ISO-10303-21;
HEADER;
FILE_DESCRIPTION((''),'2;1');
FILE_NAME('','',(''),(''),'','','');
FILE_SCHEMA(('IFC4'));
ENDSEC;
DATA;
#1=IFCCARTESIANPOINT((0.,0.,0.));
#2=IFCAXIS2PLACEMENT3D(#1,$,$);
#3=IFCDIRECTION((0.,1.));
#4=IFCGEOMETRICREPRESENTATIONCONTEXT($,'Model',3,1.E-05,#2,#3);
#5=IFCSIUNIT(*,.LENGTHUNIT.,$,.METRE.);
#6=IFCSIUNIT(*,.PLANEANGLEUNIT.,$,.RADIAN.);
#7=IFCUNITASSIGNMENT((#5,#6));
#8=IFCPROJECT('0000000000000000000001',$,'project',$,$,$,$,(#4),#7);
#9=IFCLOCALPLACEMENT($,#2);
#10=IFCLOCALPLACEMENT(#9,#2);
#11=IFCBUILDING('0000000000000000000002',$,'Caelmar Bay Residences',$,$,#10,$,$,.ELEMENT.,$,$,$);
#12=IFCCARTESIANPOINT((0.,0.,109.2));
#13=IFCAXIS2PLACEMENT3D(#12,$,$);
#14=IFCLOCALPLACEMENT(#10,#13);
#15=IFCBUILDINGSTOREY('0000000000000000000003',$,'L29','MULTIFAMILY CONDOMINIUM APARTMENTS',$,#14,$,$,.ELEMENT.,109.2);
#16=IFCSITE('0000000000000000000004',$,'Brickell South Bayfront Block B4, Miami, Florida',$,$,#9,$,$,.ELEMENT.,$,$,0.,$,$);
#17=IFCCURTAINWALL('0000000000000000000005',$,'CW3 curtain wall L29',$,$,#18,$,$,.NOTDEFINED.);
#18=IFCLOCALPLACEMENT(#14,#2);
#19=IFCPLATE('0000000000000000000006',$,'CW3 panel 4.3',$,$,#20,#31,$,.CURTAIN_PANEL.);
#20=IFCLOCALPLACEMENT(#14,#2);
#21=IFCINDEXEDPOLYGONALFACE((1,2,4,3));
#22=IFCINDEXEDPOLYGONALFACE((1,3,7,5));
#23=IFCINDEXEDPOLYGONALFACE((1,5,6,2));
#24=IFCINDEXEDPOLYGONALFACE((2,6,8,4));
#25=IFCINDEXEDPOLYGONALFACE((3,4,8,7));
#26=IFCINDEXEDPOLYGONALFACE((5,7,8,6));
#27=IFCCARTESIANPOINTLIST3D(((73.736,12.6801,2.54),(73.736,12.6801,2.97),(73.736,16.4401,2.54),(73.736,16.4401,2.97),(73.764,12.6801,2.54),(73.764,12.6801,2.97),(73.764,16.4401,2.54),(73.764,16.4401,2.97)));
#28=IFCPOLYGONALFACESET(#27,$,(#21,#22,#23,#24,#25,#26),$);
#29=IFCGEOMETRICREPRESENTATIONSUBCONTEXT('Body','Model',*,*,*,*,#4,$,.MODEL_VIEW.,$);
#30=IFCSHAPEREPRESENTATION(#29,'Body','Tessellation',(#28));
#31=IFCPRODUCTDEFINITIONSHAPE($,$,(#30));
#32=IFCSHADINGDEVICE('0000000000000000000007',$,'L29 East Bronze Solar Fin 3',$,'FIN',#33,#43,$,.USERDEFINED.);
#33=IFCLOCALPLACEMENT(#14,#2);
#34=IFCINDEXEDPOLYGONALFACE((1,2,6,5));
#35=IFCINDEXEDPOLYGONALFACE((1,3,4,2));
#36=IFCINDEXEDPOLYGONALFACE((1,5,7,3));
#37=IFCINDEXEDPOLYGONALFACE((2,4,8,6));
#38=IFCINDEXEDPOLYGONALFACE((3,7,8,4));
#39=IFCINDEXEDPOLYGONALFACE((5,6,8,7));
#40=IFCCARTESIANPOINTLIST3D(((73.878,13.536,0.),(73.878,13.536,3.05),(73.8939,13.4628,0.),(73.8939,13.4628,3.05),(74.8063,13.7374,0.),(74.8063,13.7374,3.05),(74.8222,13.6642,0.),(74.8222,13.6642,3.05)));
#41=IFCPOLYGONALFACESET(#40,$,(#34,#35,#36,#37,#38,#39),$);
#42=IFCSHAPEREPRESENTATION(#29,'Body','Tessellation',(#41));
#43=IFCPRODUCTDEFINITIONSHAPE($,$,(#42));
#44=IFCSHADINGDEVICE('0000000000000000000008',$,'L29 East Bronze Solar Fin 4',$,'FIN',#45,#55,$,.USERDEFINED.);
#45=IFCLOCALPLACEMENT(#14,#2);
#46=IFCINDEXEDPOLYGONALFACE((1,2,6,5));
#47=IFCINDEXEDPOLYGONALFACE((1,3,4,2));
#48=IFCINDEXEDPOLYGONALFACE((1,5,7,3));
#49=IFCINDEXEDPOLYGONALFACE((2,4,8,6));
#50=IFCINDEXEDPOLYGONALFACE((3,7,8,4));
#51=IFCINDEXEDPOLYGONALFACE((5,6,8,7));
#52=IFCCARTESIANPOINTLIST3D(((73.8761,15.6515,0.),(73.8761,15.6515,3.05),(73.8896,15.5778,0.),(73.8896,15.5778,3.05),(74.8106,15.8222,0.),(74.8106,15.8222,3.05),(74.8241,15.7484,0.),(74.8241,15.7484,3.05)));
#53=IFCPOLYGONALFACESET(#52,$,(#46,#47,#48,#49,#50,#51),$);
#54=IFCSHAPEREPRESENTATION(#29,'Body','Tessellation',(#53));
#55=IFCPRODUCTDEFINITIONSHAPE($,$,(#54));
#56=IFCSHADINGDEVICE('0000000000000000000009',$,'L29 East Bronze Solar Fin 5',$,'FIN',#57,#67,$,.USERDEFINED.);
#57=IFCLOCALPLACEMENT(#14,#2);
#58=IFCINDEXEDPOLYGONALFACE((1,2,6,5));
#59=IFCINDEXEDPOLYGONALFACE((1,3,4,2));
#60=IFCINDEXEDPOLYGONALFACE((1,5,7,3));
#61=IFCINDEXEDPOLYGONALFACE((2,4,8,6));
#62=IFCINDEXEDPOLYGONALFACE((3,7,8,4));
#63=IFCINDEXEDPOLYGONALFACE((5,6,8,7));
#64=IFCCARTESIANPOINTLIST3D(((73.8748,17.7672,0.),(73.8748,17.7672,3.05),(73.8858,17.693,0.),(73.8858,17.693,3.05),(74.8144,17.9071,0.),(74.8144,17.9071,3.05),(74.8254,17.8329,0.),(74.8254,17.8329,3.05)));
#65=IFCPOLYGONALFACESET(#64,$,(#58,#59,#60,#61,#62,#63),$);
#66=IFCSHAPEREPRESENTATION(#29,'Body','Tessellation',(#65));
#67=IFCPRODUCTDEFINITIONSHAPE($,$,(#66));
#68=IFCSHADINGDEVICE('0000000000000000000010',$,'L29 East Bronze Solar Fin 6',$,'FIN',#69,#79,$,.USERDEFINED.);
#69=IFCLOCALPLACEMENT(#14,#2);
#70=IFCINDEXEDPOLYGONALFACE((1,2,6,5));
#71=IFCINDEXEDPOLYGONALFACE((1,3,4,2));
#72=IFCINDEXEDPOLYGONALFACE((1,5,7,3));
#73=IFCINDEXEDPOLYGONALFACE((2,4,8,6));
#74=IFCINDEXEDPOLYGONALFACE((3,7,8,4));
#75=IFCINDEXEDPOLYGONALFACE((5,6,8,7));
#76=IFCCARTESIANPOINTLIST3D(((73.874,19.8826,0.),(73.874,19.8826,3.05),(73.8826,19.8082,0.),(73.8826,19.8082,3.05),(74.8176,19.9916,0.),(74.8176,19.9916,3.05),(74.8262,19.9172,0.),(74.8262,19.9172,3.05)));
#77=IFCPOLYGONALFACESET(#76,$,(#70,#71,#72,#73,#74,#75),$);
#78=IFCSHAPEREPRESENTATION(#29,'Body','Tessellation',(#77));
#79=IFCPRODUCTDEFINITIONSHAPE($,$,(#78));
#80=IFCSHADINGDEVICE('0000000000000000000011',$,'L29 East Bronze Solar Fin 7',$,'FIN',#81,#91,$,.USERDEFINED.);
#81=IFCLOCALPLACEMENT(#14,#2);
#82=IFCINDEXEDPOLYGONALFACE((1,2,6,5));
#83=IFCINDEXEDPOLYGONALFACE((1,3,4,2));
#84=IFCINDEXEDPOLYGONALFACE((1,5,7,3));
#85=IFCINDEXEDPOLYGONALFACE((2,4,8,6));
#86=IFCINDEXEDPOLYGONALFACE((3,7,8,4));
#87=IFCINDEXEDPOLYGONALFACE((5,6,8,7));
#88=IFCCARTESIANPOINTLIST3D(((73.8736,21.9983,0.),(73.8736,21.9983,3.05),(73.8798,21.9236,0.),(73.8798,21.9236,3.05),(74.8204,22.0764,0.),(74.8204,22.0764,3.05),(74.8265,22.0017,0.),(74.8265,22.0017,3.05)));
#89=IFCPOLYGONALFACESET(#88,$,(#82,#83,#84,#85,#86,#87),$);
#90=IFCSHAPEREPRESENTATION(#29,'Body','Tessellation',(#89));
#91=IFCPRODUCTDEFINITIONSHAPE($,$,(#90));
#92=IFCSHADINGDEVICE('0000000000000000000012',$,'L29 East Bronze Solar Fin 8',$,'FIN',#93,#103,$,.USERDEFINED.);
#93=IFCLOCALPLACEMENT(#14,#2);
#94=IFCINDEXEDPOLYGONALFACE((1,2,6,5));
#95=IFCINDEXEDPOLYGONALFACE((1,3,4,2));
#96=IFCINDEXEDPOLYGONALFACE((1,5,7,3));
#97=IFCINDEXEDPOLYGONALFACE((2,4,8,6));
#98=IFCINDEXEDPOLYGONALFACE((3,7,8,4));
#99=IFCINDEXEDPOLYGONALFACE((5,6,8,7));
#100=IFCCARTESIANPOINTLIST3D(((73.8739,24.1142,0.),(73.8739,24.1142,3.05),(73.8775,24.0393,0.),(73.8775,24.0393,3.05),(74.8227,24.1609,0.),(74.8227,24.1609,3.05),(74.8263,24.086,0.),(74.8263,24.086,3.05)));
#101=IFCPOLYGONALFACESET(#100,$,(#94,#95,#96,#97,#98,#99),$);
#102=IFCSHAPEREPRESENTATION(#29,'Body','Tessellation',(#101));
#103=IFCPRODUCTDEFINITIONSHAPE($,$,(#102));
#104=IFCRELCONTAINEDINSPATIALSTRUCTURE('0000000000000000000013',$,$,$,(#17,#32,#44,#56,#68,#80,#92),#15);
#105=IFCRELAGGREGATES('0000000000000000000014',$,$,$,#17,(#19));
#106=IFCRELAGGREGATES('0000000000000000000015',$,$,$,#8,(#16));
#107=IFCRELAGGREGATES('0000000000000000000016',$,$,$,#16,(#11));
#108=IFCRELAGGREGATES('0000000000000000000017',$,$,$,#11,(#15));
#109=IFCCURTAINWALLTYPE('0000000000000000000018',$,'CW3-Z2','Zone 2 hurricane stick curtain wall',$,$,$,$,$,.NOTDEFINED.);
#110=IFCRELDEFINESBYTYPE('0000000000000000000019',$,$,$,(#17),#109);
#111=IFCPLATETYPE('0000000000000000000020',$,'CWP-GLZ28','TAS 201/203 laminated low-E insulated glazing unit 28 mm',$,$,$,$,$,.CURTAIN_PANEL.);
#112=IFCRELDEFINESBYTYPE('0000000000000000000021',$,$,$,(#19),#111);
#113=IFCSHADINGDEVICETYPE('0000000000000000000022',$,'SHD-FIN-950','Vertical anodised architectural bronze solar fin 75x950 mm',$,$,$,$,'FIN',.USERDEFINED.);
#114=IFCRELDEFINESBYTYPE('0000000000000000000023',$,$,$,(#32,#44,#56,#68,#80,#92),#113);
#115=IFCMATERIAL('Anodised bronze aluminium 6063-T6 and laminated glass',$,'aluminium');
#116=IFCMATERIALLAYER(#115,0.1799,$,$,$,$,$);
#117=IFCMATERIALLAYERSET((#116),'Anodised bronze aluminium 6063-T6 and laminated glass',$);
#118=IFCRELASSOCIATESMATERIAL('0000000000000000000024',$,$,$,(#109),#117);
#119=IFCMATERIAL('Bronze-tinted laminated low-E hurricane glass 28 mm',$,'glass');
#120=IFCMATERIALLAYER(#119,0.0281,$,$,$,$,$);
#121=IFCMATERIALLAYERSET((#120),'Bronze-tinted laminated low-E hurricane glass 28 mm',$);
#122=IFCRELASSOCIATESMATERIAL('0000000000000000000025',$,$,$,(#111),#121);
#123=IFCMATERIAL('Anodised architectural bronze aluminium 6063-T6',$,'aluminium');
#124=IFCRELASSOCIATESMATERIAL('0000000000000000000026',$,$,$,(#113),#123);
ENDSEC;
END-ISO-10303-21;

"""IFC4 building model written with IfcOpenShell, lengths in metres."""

from ifc_helpers import new_model, si_unit, direction, frame, origin, origin_2d, place, context, subcontext, project, spatial, rectangle, extrude, material, layer, layer_set, material_profile, profile_set, type_object, element, aggregate, save


model = new_model("IFC4")

# Units and contexts
model_context = context("Model", 3, precision=1e-05, world=origin(), true_north=direction((0.0, 1.0)))
body_context = subcontext(model_context, "Body", "Model", "MODEL_VIEW")
ifc_project = project(units=[si_unit("LENGTHUNIT", "METRE"), si_unit("PLANEANGLEUNIT", "RADIAN")], contexts=[model_context])

# Site, building, storey
site_placement = place(None, origin())
site = spatial("IfcSite", under=ifc_project, at=site_placement, Name="Brickell South Bayfront Block B4, Miami, Florida", CompositionType="ELEMENT", RefElevation=0.0)
building_placement = place(site_placement, origin())
building = spatial("IfcBuilding", under=site, at=building_placement, Name="Caelmar Bay Residences", CompositionType="ELEMENT")
storey_placement = place(building_placement, frame((0.0, 0.0, 109.2)))
storey = spatial("IfcBuildingStorey", under=building, at=storey_placement, Name="L29", Description="MULTIFAMILY CONDOMINIUM APARTMENTS", CompositionType="ELEMENT", Elevation=109.2)

# Curtain wall, plate
ifc_material_1 = material(Name="Anodised bronze aluminium 6063-T6 and laminated glass", Category="aluminium")
ifc_layer_1 = layer(ifc_material_1, 0.1799)
ifc_layer_set_1 = layer_set([ifc_layer_1], Name="Anodised bronze aluminium 6063-T6 and laminated glass")
curtain_wall_type = type_object("IfcCurtainWallType", Name="CW3-Z2", Description="Zone 2 hurricane stick curtain wall", PredefinedType="NOTDEFINED", material=ifc_layer_set_1)
curtain_wall_placement = place(storey_placement, origin())
curtain_wall = element("IfcCurtainWall", 1, at=curtain_wall_placement, inside=storey, type_object=curtain_wall_type, Name="CW3 curtain wall L29", PredefinedType="NOTDEFINED")
ifc_material_2 = material(Name="Bronze-tinted laminated low-E hurricane glass 28 mm", Category="glass")
ifc_layer_2 = layer(ifc_material_2, 0.0281)
ifc_layer_set_2 = layer_set([ifc_layer_2], Name="Bronze-tinted laminated low-E hurricane glass 28 mm")
plate_type = type_object("IfcPlateType", Name="CWP-GLZ28", Description="TAS 201/203 laminated low-E insulated glazing unit 28 mm", PredefinedType="CURTAIN_PANEL", material=ifc_layer_set_2)
plate_1_placement = place(storey_placement, frame((73.75, 14.5601, 2.54), z_axis=(0.0, 0.0, 1.0), x_axis=(0.0, -1.0, 0.0)))
plate_1 = element("IfcPlate", 2, at=plate_1_placement, type_object=plate_type, Name="CW3 panel 4.3", PredefinedType="CURTAIN_PANEL", context=body_context, shape_type="SweptSolid", body=[
    extrude(rectangle(XDim=3.76, YDim=0.0281, at=origin_2d()), origin(), (0.0, 0.0, 1.0), 0.4299),
])
aggregate(curtain_wall, [plate_1])

# Shading devices
ifc_material_3 = material(Name="Anodised architectural bronze aluminium 6063-T6", Category="aluminium")
ifc_material_profile_1 = material_profile(ifc_material_3, rectangle(XDim=0.075, YDim=0.95, at=origin_2d()), Name="BRONZE-FIN-75X950")
ifc_profile_set_1 = profile_set([ifc_material_profile_1], Name="Anodised architectural bronze aluminium 6063-T6")
shading_device_type = type_object("IfcShadingDeviceType", Name="SHD-FIN-950", Description="Vertical anodised architectural bronze solar fin 75x950 mm", ElementType="FIN", PredefinedType="USERDEFINED", material=ifc_profile_set_1)
for number, where, z_axis, x_axis, name in (
    (3, (74.3501, 13.6001, 0.0), (0.0, 0.0, 1.0), (-0.212007, 0.977268, 0.0), "L29 East Bronze Solar Fin 3"),
    (4, (74.3501, 15.7, 0.0), (0.0, 0.0, 1.0), (-0.179661, 0.983729, 0.0), "L29 East Bronze Solar Fin 4"),
    (5, (74.3501, 17.8, 0.0), (0.0, 0.0, 1.0), (-0.147292, 0.989093, 0.0), "L29 East Bronze Solar Fin 5"),
    (6, (74.3501, 19.8999, 0.0), (0.0, 0.0, 1.0), (-0.114764, 0.993393, 0.0), "L29 East Bronze Solar Fin 6"),
    (7, (74.3501, 22.0, 0.0), (0.0, 0.0, 1.0), (-0.082112, 0.996623, 0.0), "L29 East Bronze Solar Fin 7"),
    (8, (74.3501, 24.1001, 0.0), (0.0, 0.0, 1.0), (-0.049198, 0.998789, 0.0), "L29 East Bronze Solar Fin 8"),
):
    element("IfcShadingDevice", number, at=place(storey_placement, frame(where, z_axis=z_axis, x_axis=x_axis)), inside=storey, type_object=shading_device_type, Name=name, ObjectType="FIN", PredefinedType="USERDEFINED", context=body_context, shape_type="SweptSolid", body=[
        extrude(rectangle(XDim=0.075, YDim=0.95, at=origin_2d()), origin(), (0.0, 0.0, 1.0), 3.05),
    ])

save(model, "model.ifc")
